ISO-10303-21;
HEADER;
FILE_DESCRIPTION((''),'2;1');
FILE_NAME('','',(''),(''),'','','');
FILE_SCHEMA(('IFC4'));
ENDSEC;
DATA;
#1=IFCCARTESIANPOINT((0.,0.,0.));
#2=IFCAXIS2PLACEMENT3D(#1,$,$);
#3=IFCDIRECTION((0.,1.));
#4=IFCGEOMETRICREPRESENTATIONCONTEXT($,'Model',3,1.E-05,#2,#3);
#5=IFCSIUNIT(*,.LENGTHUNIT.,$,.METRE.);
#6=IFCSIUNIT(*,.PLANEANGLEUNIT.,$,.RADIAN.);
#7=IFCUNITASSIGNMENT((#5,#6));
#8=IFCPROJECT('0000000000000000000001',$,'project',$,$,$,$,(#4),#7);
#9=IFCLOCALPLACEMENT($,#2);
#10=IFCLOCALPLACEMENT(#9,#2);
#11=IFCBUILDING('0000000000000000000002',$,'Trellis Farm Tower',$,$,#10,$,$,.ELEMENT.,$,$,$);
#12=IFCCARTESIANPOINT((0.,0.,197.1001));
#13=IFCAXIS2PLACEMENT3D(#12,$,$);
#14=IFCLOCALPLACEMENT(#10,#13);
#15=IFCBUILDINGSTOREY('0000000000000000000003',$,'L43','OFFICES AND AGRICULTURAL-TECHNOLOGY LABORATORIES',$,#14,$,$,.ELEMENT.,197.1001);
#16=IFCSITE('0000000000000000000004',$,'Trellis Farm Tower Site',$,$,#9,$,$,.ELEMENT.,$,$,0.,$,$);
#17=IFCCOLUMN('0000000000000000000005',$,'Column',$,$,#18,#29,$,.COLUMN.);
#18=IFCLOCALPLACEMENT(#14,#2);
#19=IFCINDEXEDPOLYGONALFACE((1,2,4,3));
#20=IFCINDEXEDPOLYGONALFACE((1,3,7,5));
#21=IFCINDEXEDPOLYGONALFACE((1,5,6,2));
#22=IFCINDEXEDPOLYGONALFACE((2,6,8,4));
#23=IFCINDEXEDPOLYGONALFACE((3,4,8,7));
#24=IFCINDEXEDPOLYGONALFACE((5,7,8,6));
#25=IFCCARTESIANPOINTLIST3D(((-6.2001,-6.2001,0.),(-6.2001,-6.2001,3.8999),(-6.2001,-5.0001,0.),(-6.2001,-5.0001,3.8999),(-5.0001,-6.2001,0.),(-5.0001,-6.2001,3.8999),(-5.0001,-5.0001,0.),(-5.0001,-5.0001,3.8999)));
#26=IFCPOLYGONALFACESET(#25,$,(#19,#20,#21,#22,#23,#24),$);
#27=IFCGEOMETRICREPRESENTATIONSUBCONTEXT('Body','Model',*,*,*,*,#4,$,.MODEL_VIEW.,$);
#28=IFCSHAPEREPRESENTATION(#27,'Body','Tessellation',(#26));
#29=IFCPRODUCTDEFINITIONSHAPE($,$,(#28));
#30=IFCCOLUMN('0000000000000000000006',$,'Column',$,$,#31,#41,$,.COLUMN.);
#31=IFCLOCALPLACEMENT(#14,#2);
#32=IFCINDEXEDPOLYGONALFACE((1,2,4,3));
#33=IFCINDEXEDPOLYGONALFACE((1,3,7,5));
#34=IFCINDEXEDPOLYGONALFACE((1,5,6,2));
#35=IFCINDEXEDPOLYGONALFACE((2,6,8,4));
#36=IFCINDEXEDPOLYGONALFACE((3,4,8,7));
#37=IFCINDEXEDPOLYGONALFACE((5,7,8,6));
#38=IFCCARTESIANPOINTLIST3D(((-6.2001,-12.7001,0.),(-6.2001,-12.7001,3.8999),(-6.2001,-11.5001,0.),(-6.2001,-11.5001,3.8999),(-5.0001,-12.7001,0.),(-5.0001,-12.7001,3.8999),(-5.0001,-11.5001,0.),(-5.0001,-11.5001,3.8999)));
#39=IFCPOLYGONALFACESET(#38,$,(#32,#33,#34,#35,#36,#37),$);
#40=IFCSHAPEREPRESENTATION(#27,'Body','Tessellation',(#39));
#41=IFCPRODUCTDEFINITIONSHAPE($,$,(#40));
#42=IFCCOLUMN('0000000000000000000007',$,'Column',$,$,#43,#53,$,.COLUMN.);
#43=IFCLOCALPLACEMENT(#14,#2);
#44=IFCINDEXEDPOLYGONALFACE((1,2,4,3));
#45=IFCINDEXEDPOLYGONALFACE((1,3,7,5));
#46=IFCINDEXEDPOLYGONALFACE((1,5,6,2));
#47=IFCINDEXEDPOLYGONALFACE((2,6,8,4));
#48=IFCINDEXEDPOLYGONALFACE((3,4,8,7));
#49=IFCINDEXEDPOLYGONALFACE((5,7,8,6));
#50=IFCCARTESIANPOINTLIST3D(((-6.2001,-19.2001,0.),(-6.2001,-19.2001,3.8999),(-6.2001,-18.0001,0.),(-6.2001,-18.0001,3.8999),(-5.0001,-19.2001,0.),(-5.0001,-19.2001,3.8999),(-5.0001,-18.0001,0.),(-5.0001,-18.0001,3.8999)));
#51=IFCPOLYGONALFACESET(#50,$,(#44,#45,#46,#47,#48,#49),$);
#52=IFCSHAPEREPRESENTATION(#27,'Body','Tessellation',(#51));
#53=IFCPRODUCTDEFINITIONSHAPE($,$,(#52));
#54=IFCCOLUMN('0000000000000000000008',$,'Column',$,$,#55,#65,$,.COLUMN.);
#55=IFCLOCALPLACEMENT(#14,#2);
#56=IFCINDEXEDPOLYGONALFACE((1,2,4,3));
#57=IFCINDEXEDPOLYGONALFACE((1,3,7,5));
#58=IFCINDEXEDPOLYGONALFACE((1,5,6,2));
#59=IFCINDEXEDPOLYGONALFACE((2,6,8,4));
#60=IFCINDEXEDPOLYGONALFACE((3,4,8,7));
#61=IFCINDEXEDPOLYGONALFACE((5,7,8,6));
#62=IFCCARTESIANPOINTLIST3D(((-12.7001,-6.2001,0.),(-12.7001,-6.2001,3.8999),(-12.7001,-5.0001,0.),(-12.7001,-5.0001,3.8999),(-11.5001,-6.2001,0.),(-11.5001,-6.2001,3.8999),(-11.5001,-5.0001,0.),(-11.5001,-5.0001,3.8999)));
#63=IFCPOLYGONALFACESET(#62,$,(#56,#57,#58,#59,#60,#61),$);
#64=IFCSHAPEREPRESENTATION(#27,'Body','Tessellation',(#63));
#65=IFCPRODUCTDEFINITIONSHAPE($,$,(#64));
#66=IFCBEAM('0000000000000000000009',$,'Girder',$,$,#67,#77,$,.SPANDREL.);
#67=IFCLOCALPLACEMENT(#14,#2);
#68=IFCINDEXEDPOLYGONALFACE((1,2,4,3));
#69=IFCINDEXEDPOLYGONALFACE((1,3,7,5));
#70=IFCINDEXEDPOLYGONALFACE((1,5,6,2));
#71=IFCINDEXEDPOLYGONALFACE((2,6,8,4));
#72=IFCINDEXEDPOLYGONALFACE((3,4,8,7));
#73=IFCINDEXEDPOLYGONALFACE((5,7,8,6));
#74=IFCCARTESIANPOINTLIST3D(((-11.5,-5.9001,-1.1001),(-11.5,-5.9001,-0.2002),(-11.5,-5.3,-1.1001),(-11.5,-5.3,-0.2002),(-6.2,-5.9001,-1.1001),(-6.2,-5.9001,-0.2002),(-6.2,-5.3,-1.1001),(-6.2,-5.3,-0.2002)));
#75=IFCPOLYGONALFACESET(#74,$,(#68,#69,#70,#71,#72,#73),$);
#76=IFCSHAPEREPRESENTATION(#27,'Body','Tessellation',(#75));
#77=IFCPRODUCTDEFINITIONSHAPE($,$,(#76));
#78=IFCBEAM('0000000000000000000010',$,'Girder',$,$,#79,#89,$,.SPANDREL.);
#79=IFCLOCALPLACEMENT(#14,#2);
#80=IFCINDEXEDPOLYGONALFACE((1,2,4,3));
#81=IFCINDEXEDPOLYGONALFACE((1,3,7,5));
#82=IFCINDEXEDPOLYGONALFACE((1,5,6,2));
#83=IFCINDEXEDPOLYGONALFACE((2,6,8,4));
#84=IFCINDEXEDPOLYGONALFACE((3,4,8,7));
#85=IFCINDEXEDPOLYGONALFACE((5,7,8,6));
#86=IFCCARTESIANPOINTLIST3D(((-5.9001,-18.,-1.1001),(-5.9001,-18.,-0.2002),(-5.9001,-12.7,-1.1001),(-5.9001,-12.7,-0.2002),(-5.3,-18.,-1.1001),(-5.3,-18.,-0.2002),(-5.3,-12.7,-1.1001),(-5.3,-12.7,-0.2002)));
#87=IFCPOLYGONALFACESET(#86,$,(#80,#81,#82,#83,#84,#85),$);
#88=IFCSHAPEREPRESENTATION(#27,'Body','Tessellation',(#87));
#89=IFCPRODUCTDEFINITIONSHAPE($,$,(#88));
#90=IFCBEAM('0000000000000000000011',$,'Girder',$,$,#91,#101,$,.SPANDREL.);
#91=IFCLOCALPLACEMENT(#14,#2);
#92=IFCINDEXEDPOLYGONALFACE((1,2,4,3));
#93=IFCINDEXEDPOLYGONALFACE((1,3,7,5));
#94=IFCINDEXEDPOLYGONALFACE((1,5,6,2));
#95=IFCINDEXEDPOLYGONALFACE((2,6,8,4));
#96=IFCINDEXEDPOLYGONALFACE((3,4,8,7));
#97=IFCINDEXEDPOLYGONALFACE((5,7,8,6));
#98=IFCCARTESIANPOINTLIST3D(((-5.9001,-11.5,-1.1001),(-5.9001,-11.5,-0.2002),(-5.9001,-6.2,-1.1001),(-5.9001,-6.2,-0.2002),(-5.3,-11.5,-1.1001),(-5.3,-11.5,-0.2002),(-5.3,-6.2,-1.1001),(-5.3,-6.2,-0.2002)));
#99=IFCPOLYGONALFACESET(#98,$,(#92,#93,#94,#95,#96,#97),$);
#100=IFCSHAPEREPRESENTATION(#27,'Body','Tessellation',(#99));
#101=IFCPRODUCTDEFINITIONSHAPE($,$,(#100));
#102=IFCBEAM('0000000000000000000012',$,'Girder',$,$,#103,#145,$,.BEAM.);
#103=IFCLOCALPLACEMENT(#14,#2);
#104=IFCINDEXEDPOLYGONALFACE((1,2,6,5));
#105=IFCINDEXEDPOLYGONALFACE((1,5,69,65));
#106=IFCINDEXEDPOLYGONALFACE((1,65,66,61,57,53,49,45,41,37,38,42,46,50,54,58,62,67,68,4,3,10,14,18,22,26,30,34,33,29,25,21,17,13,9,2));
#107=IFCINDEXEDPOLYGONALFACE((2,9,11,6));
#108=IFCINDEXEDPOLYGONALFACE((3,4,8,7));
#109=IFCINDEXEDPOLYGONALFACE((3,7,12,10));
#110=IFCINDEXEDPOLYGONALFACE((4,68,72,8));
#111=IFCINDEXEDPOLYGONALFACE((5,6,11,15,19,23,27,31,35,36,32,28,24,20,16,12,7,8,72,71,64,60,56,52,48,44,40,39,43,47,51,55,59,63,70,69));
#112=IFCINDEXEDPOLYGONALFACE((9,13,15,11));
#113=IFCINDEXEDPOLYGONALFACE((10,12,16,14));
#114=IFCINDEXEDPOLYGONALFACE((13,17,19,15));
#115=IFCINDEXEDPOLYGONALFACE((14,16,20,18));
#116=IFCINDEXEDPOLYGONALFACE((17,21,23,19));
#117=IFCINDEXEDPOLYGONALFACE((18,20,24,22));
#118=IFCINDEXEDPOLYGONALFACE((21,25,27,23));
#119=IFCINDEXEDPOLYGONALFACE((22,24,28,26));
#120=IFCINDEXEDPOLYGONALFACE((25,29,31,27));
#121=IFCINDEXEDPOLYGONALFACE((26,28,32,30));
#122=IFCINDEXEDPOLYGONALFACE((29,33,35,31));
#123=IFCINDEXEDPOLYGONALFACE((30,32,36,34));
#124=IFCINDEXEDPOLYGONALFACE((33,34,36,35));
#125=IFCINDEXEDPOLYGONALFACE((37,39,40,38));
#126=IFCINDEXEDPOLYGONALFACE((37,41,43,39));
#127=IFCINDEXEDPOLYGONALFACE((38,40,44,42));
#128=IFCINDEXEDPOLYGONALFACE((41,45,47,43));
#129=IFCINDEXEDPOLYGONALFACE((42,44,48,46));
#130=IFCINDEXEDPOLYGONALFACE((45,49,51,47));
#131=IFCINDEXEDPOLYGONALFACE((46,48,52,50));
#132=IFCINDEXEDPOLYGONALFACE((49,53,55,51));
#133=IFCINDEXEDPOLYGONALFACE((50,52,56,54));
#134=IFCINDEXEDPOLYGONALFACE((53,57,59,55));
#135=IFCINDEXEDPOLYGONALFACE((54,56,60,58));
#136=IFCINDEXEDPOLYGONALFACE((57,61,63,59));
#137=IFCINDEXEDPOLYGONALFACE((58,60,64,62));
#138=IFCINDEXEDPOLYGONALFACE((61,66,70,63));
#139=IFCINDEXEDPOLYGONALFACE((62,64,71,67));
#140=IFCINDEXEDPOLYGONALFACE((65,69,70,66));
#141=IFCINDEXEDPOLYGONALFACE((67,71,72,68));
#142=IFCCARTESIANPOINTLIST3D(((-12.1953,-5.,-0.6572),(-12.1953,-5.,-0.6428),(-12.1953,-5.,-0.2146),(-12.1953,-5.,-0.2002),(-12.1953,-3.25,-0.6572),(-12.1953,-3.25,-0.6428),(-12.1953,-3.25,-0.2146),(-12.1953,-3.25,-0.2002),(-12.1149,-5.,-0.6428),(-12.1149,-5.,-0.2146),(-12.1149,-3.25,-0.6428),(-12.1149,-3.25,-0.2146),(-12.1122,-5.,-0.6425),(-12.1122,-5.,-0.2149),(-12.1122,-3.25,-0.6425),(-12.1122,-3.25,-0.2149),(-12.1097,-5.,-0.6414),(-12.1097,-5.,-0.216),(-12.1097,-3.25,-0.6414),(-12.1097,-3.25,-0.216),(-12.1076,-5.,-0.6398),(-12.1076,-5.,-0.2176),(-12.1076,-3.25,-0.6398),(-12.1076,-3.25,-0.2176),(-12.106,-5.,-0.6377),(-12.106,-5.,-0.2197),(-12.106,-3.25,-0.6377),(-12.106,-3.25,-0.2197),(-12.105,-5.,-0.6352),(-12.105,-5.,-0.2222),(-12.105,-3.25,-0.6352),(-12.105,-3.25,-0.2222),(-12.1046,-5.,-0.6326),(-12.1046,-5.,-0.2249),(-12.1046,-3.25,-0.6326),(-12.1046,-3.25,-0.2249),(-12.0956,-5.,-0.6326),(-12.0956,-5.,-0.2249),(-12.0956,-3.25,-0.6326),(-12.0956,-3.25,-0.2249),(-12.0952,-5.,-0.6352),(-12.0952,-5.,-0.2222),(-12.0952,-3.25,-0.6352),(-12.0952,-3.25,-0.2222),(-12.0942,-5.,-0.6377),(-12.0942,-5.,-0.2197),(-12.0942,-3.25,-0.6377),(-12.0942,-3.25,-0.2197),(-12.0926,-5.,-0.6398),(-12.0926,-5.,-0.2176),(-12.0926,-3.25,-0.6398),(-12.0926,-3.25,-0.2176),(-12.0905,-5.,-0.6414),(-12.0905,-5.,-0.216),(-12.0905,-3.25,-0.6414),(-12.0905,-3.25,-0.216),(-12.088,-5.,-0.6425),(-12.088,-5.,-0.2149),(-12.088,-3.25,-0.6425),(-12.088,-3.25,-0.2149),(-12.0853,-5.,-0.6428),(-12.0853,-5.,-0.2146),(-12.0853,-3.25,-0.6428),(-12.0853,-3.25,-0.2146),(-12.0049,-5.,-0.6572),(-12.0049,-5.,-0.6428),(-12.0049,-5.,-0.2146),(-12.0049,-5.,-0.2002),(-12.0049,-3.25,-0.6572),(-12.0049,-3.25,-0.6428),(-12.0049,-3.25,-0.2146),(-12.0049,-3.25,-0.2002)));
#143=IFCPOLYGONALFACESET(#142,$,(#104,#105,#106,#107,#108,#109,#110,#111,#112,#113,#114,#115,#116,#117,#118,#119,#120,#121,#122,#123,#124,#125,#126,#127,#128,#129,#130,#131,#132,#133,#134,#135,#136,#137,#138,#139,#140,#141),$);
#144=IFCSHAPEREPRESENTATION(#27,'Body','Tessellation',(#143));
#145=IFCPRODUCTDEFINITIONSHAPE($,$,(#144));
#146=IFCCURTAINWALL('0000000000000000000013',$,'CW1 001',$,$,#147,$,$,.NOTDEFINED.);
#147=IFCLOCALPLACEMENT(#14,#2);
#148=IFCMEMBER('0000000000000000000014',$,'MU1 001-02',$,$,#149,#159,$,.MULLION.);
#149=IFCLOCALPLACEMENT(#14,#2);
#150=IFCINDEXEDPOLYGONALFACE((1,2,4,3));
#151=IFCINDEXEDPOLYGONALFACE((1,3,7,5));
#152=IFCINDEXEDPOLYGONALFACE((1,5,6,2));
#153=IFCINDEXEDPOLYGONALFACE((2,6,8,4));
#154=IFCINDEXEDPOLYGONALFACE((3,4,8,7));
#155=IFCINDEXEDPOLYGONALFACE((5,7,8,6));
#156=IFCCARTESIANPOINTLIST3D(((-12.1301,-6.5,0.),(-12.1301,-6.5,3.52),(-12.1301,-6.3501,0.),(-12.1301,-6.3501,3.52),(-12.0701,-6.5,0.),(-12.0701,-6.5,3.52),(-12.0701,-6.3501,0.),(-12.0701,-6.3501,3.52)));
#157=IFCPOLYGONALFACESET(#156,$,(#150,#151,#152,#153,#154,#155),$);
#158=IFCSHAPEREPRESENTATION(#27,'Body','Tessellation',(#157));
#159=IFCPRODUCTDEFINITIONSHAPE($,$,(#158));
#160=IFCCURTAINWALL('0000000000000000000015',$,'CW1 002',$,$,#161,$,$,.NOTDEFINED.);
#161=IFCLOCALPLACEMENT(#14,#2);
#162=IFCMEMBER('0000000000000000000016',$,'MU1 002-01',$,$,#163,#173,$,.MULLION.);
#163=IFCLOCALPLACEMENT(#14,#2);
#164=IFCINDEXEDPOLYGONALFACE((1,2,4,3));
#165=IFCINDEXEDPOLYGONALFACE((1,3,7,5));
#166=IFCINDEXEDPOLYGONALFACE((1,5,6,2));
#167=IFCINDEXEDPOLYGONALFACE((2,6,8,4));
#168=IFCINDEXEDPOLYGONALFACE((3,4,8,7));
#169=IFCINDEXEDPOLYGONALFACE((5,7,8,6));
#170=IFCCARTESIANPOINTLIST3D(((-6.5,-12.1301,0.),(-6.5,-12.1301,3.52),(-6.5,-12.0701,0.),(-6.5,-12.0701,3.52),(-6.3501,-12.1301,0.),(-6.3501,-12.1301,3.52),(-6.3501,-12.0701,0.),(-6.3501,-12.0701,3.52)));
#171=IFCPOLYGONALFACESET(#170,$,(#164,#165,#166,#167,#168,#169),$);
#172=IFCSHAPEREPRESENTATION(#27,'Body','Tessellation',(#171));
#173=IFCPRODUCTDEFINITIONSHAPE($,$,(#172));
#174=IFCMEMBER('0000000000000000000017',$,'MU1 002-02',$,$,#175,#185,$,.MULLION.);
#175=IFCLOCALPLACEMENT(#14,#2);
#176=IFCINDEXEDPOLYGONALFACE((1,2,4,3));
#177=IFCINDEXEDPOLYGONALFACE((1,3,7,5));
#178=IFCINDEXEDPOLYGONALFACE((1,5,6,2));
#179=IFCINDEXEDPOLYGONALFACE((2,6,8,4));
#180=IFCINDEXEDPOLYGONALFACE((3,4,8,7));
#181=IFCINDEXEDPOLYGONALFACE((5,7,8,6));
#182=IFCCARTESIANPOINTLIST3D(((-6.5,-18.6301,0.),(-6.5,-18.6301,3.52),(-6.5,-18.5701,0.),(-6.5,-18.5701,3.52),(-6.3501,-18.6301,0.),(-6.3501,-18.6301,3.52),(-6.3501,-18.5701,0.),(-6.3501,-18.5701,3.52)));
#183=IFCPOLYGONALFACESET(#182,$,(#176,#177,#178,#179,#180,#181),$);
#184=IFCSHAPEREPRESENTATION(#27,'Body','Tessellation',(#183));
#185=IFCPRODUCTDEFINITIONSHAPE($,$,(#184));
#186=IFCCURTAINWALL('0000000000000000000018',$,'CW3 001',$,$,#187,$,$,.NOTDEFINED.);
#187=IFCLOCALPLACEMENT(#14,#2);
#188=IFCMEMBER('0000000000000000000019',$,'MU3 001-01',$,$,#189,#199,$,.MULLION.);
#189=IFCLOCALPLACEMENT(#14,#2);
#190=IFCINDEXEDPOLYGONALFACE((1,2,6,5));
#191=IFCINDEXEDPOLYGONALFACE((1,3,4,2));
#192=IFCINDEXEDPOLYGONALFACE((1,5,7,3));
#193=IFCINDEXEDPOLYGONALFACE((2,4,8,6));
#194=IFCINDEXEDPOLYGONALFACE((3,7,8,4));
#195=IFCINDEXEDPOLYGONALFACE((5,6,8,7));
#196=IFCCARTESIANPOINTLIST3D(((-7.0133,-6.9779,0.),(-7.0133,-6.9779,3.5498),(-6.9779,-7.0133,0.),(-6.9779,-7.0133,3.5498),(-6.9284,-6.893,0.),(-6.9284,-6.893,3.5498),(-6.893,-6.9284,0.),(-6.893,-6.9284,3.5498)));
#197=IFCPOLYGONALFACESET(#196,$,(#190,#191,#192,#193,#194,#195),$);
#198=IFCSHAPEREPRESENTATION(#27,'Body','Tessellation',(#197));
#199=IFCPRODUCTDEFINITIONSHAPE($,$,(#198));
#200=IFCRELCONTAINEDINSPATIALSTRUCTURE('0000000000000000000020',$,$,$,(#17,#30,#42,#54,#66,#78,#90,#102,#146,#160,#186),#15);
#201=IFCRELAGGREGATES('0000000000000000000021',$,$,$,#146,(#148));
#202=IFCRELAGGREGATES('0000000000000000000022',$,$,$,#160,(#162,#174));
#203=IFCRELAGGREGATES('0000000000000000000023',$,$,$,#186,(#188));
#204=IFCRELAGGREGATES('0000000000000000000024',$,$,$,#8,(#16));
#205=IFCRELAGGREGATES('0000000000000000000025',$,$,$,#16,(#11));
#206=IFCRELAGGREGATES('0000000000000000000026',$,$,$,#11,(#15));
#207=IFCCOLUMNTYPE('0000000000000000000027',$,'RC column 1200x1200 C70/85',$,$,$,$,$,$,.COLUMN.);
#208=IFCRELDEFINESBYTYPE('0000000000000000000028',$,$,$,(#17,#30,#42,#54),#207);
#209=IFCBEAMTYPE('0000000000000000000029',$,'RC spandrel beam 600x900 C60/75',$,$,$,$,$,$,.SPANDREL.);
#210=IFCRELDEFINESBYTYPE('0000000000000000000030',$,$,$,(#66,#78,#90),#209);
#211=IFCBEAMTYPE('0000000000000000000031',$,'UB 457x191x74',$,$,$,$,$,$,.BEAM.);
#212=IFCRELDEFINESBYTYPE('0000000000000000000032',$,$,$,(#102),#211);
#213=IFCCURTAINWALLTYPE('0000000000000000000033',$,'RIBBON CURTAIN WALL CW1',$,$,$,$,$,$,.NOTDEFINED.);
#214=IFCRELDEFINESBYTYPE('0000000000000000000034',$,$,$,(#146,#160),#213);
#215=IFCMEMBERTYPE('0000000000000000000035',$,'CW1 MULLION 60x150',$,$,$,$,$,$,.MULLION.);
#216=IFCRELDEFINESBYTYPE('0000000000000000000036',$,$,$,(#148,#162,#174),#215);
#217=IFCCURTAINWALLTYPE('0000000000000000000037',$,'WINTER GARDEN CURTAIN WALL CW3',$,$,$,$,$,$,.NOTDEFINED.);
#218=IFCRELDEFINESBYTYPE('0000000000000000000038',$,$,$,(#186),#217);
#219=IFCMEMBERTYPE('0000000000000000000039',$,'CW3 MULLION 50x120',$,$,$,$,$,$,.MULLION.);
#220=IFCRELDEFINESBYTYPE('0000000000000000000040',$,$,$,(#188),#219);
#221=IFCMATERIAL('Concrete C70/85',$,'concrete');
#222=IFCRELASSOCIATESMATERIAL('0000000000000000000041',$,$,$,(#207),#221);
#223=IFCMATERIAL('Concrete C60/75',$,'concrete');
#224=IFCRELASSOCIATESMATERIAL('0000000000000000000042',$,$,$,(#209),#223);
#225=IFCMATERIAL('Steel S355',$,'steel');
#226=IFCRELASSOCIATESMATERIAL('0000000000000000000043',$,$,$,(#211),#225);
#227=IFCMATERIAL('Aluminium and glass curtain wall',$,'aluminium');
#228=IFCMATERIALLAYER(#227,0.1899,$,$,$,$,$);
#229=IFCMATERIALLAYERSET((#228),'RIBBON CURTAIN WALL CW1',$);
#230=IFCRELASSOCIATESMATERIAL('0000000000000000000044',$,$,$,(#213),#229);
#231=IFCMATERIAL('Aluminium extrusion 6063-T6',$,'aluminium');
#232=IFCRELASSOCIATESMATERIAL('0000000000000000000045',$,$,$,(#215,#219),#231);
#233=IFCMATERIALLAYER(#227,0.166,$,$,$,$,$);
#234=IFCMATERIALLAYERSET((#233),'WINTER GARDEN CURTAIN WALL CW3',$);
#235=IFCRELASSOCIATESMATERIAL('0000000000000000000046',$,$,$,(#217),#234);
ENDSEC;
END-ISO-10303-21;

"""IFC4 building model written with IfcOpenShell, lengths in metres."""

from ifc_helpers import new_model, si_unit, direction, frame, origin, origin_2d, place, context, subcontext, project, spatial, rectangle, i_section, extrude, source, transform, mapped, material, layer, layer_set, material_profile, profile_set, type_object, element, aggregate, save


model = new_model("IFC4")

# Units and contexts
model_context = context("Model", 3, precision=1e-05, world=origin(), true_north=direction((0.0, 1.0)))
body_context = subcontext(model_context, "Body", "Model", "MODEL_VIEW")
ifc_project = project(units=[si_unit("LENGTHUNIT", "METRE"), si_unit("PLANEANGLEUNIT", "RADIAN")], contexts=[model_context])

# Site, building, storey
site_placement = place(None, origin())
site = spatial("IfcSite", under=ifc_project, at=site_placement, Name="Trellis Farm Tower Site", CompositionType="ELEMENT", RefElevation=0.0)
building_placement = place(site_placement, origin())
building = spatial("IfcBuilding", under=site, at=building_placement, Name="Trellis Farm Tower", CompositionType="ELEMENT")
storey_placement = place(building_placement, frame((0.0, 0.0, 197.1001)))
storey = spatial("IfcBuildingStorey", under=building, at=storey_placement, Name="L43", Description="OFFICES AND AGRICULTURAL-TECHNOLOGY LABORATORIES", CompositionType="ELEMENT", Elevation=197.1001)

# Columns
ifc_material_1 = material(Name="Concrete C70/85", Category="concrete")
ifc_material_profile_1 = material_profile(ifc_material_1, rectangle(XDim=1.2, YDim=1.2, at=origin_2d()), Name="RC column 1200x1200 C70/85")
ifc_profile_set_1 = profile_set([ifc_material_profile_1], Name="Concrete C70/85")
column_type = type_object("IfcColumnType", Name="RC column 1200x1200 C70/85", PredefinedType="COLUMN", material=ifc_profile_set_1)
shared_shape_1 = source(origin(), body_context, "Body", "SweptSolid", [
    extrude(rectangle(XDim=1.2, YDim=1.2, at=origin_2d()), origin(), (0.0, 0.0, 1.0), 3.8999),
])
for number, where, z_axis, x_axis, name in (
    (1, (-5.6001, -5.6001, 0.0), (0.0, 0.0, 1.0), (1.0, 0.0, 0.0), "Column"),
    (2, (-5.6001, -12.1001, 0.0), (0.0, 0.0, 1.0), (1.0, 0.0, 0.0), "Column"),
    (3, (-5.6001, -18.6001, 0.0), (0.0, 0.0, 1.0), (1.0, 0.0, 0.0), "Column"),
    (4, (-12.1001, -5.6001, 0.0), (0.0, 0.0, 1.0), (1.0, 0.0, 0.0), "Column"),
):
    element("IfcColumn", number, at=place(storey_placement, frame(where, z_axis=z_axis, x_axis=x_axis)), inside=storey, type_object=column_type, Name=name, PredefinedType="COLUMN", context=body_context, shape_type="MappedRepresentation", body=[
        mapped(shared_shape_1, transform((0.0, 0.0, 0.0))),
    ])

# Beams
ifc_material_2 = material(Name="Concrete C60/75", Category="concrete")
ifc_material_profile_2 = material_profile(ifc_material_2, rectangle(XDim=0.6001, YDim=0.8999, at=origin_2d()), Name="RC spandrel beam 600x900 C60/75")
ifc_profile_set_2 = profile_set([ifc_material_profile_2], Name="Concrete C60/75")
beam_type_1 = type_object("IfcBeamType", Name="RC spandrel beam 600x900 C60/75", PredefinedType="SPANDREL", material=ifc_profile_set_2)
shared_shape_2 = source(origin(), body_context, "Body", "SweptSolid", [
    extrude(rectangle(XDim=0.6001, YDim=0.8999, at=origin_2d()), origin(), (0.0, 0.0, 1.0), 5.3),
])
for number, where, z_axis, x_axis, name in (
    (5, (-11.5, -5.6001, -0.6501), (1.0, 0.0, 0.0), (0.0, 1.0, 0.0), "Girder"),
    (6, (-5.6001, -18.0, -0.6501), (0.0, 1.0, 0.0), (-1.0, 0.0, 0.0), "Girder"),
    (7, (-5.6001, -11.5, -0.6501), (0.0, 1.0, 0.0), (-1.0, 0.0, 0.0), "Girder"),
):
    element("IfcBeam", number, at=place(storey_placement, frame(where, z_axis=z_axis, x_axis=x_axis)), inside=storey, type_object=beam_type_1, Name=name, PredefinedType="SPANDREL", context=body_context, shape_type="MappedRepresentation", body=[
        mapped(shared_shape_2, transform((0.0, 0.0, 0.0))),
    ])
ifc_material_3 = material(Name="Steel S355", Category="steel")
ifc_material_profile_3 = material_profile(ifc_material_3, i_section(OverallWidth=0.1904, OverallDepth=0.457, WebThickness=0.009, FlangeThickness=0.0144, FilletRadius=0.0103, at=origin_2d()), Name="UB 457x191x74")
ifc_profile_set_3 = profile_set([ifc_material_profile_3], Name="Steel S355")
beam_type_2 = type_object("IfcBeamType", Name="UB 457x191x74", PredefinedType="BEAM", material=ifc_profile_set_3)
shared_shape_3 = source(origin(), body_context, "Body", "SweptSolid", [
    extrude(i_section(OverallWidth=0.1904, OverallDepth=0.457, WebThickness=0.009, FlangeThickness=0.0144, FilletRadius=0.0103, at=origin_2d()), origin(), (0.0, 0.0, 1.0), 1.75),
])
beam_placement = place(storey_placement, frame((-12.1001, -5.0, -0.4287), z_axis=(0.0, 1.0, 0.0), x_axis=(-1.0, 0.0, 0.0)))
element("IfcBeam", 8, at=beam_placement, inside=storey, type_object=beam_type_2, Name="Girder", PredefinedType="BEAM", context=body_context, shape_type="MappedRepresentation", body=[
    mapped(shared_shape_3, transform((0.0, 0.0, 0.0))),
])

# Curtain wall, member
ifc_material_4 = material(Name="Aluminium and glass curtain wall", Category="aluminium")
ifc_layer_1 = layer(ifc_material_4, 0.1899)
ifc_layer_set_1 = layer_set([ifc_layer_1], Name="RIBBON CURTAIN WALL CW1")
curtain_wall_type_1 = type_object("IfcCurtainWallType", Name="RIBBON CURTAIN WALL CW1", PredefinedType="NOTDEFINED", material=ifc_layer_set_1)
placement = place(storey_placement, origin())
curtain_wall_1 = element("IfcCurtainWall", 9, at=placement, inside=storey, type_object=curtain_wall_type_1, Name="CW1 001", PredefinedType="NOTDEFINED")
ifc_material_5 = material(Name="Aluminium extrusion 6063-T6", Category="aluminium")
ifc_material_profile_4 = material_profile(ifc_material_5, rectangle(XDim=0.0601, YDim=0.1499, at=origin_2d()), Name="MULLION 60x150")
ifc_profile_set_4 = profile_set([ifc_material_profile_4], Name="Aluminium extrusion 6063-T6")
member_type_1 = type_object("IfcMemberType", Name="CW1 MULLION 60x150", PredefinedType="MULLION", material=ifc_profile_set_4)
shared_shape_4 = source(origin(), body_context, "Body", "SweptSolid", [
    extrude(rectangle(XDim=0.0601, YDim=0.1499, at=origin_2d()), origin(), (0.0, 0.0, 1.0), 3.52),
])
member_1_placement = place(storey_placement, frame((-12.1001, -6.425, 0.0), z_axis=(0.0, 0.0, 1.0), x_axis=(1.0, 0.0, 0.0)))
member_1 = element("IfcMember", 10, at=member_1_placement, type_object=member_type_1, Name="MU1 001-02", PredefinedType="MULLION", context=body_context, shape_type="MappedRepresentation", body=[
    mapped(shared_shape_4, transform((0.0, 0.0, 0.0))),
])
aggregate(curtain_wall_1, [member_1])

# Curtain wall, members
curtain_wall_2 = element("IfcCurtainWall", 11, at=placement, inside=storey, type_object=curtain_wall_type_1, Name="CW1 002", PredefinedType="NOTDEFINED")
member_2_placement = place(storey_placement, frame((-6.425, -12.1001, 0.0), z_axis=(0.0, 0.0, 1.0), x_axis=(0.0, -1.0, 0.0)))
member_2 = element("IfcMember", 12, at=member_2_placement, type_object=member_type_1, Name="MU1 002-01", PredefinedType="MULLION", context=body_context, shape_type="MappedRepresentation", body=[
    mapped(shared_shape_4, transform((0.0, 0.0, 0.0))),
])
member_3_placement = place(storey_placement, frame((-6.425, -18.6001, 0.0), z_axis=(0.0, 0.0, 1.0), x_axis=(0.0, -1.0, 0.0)))
member_3 = element("IfcMember", 13, at=member_3_placement, type_object=member_type_1, Name="MU1 002-02", PredefinedType="MULLION", context=body_context, shape_type="MappedRepresentation", body=[
    mapped(shared_shape_4, transform((0.0, 0.0, 0.0))),
])
aggregate(curtain_wall_2, [member_2, member_3])

# Curtain wall, member
ifc_layer_2 = layer(ifc_material_4, 0.166)
ifc_layer_set_2 = layer_set([ifc_layer_2], Name="WINTER GARDEN CURTAIN WALL CW3")
curtain_wall_type_2 = type_object("IfcCurtainWallType", Name="WINTER GARDEN CURTAIN WALL CW3", PredefinedType="NOTDEFINED", material=ifc_layer_set_2)
curtain_wall_3 = element("IfcCurtainWall", 14, at=placement, inside=storey, type_object=curtain_wall_type_2, Name="CW3 001", PredefinedType="NOTDEFINED")
ifc_material_profile_5 = material_profile(ifc_material_5, rectangle(XDim=0.05, YDim=0.1201, at=origin_2d()), Name="MULLION 50x120")
ifc_profile_set_5 = profile_set([ifc_material_profile_5], Name="Aluminium extrusion 6063-T6")
member_type_2 = type_object("IfcMemberType", Name="CW3 MULLION 50x120", PredefinedType="MULLION", material=ifc_profile_set_5)
shared_shape_5 = source(origin(), body_context, "Body", "SweptSolid", [
    extrude(rectangle(XDim=0.05, YDim=0.1201, at=origin_2d()), origin(), (0.0, 0.0, 1.0), 3.5498),
])
member_4_placement = place(storey_placement, frame((-6.9531, -6.9531, 0.0), z_axis=(0.0, 0.0, 1.0), x_axis=(0.707107, -0.707107, 0.0)))
member_4 = element("IfcMember", 15, at=member_4_placement, type_object=member_type_2, Name="MU3 001-01", PredefinedType="MULLION", context=body_context, shape_type="MappedRepresentation", body=[
    mapped(shared_shape_5, transform((0.0, 0.0, 0.0))),
])
aggregate(curtain_wall_3, [member_4])

save(model, "model.ifc")
